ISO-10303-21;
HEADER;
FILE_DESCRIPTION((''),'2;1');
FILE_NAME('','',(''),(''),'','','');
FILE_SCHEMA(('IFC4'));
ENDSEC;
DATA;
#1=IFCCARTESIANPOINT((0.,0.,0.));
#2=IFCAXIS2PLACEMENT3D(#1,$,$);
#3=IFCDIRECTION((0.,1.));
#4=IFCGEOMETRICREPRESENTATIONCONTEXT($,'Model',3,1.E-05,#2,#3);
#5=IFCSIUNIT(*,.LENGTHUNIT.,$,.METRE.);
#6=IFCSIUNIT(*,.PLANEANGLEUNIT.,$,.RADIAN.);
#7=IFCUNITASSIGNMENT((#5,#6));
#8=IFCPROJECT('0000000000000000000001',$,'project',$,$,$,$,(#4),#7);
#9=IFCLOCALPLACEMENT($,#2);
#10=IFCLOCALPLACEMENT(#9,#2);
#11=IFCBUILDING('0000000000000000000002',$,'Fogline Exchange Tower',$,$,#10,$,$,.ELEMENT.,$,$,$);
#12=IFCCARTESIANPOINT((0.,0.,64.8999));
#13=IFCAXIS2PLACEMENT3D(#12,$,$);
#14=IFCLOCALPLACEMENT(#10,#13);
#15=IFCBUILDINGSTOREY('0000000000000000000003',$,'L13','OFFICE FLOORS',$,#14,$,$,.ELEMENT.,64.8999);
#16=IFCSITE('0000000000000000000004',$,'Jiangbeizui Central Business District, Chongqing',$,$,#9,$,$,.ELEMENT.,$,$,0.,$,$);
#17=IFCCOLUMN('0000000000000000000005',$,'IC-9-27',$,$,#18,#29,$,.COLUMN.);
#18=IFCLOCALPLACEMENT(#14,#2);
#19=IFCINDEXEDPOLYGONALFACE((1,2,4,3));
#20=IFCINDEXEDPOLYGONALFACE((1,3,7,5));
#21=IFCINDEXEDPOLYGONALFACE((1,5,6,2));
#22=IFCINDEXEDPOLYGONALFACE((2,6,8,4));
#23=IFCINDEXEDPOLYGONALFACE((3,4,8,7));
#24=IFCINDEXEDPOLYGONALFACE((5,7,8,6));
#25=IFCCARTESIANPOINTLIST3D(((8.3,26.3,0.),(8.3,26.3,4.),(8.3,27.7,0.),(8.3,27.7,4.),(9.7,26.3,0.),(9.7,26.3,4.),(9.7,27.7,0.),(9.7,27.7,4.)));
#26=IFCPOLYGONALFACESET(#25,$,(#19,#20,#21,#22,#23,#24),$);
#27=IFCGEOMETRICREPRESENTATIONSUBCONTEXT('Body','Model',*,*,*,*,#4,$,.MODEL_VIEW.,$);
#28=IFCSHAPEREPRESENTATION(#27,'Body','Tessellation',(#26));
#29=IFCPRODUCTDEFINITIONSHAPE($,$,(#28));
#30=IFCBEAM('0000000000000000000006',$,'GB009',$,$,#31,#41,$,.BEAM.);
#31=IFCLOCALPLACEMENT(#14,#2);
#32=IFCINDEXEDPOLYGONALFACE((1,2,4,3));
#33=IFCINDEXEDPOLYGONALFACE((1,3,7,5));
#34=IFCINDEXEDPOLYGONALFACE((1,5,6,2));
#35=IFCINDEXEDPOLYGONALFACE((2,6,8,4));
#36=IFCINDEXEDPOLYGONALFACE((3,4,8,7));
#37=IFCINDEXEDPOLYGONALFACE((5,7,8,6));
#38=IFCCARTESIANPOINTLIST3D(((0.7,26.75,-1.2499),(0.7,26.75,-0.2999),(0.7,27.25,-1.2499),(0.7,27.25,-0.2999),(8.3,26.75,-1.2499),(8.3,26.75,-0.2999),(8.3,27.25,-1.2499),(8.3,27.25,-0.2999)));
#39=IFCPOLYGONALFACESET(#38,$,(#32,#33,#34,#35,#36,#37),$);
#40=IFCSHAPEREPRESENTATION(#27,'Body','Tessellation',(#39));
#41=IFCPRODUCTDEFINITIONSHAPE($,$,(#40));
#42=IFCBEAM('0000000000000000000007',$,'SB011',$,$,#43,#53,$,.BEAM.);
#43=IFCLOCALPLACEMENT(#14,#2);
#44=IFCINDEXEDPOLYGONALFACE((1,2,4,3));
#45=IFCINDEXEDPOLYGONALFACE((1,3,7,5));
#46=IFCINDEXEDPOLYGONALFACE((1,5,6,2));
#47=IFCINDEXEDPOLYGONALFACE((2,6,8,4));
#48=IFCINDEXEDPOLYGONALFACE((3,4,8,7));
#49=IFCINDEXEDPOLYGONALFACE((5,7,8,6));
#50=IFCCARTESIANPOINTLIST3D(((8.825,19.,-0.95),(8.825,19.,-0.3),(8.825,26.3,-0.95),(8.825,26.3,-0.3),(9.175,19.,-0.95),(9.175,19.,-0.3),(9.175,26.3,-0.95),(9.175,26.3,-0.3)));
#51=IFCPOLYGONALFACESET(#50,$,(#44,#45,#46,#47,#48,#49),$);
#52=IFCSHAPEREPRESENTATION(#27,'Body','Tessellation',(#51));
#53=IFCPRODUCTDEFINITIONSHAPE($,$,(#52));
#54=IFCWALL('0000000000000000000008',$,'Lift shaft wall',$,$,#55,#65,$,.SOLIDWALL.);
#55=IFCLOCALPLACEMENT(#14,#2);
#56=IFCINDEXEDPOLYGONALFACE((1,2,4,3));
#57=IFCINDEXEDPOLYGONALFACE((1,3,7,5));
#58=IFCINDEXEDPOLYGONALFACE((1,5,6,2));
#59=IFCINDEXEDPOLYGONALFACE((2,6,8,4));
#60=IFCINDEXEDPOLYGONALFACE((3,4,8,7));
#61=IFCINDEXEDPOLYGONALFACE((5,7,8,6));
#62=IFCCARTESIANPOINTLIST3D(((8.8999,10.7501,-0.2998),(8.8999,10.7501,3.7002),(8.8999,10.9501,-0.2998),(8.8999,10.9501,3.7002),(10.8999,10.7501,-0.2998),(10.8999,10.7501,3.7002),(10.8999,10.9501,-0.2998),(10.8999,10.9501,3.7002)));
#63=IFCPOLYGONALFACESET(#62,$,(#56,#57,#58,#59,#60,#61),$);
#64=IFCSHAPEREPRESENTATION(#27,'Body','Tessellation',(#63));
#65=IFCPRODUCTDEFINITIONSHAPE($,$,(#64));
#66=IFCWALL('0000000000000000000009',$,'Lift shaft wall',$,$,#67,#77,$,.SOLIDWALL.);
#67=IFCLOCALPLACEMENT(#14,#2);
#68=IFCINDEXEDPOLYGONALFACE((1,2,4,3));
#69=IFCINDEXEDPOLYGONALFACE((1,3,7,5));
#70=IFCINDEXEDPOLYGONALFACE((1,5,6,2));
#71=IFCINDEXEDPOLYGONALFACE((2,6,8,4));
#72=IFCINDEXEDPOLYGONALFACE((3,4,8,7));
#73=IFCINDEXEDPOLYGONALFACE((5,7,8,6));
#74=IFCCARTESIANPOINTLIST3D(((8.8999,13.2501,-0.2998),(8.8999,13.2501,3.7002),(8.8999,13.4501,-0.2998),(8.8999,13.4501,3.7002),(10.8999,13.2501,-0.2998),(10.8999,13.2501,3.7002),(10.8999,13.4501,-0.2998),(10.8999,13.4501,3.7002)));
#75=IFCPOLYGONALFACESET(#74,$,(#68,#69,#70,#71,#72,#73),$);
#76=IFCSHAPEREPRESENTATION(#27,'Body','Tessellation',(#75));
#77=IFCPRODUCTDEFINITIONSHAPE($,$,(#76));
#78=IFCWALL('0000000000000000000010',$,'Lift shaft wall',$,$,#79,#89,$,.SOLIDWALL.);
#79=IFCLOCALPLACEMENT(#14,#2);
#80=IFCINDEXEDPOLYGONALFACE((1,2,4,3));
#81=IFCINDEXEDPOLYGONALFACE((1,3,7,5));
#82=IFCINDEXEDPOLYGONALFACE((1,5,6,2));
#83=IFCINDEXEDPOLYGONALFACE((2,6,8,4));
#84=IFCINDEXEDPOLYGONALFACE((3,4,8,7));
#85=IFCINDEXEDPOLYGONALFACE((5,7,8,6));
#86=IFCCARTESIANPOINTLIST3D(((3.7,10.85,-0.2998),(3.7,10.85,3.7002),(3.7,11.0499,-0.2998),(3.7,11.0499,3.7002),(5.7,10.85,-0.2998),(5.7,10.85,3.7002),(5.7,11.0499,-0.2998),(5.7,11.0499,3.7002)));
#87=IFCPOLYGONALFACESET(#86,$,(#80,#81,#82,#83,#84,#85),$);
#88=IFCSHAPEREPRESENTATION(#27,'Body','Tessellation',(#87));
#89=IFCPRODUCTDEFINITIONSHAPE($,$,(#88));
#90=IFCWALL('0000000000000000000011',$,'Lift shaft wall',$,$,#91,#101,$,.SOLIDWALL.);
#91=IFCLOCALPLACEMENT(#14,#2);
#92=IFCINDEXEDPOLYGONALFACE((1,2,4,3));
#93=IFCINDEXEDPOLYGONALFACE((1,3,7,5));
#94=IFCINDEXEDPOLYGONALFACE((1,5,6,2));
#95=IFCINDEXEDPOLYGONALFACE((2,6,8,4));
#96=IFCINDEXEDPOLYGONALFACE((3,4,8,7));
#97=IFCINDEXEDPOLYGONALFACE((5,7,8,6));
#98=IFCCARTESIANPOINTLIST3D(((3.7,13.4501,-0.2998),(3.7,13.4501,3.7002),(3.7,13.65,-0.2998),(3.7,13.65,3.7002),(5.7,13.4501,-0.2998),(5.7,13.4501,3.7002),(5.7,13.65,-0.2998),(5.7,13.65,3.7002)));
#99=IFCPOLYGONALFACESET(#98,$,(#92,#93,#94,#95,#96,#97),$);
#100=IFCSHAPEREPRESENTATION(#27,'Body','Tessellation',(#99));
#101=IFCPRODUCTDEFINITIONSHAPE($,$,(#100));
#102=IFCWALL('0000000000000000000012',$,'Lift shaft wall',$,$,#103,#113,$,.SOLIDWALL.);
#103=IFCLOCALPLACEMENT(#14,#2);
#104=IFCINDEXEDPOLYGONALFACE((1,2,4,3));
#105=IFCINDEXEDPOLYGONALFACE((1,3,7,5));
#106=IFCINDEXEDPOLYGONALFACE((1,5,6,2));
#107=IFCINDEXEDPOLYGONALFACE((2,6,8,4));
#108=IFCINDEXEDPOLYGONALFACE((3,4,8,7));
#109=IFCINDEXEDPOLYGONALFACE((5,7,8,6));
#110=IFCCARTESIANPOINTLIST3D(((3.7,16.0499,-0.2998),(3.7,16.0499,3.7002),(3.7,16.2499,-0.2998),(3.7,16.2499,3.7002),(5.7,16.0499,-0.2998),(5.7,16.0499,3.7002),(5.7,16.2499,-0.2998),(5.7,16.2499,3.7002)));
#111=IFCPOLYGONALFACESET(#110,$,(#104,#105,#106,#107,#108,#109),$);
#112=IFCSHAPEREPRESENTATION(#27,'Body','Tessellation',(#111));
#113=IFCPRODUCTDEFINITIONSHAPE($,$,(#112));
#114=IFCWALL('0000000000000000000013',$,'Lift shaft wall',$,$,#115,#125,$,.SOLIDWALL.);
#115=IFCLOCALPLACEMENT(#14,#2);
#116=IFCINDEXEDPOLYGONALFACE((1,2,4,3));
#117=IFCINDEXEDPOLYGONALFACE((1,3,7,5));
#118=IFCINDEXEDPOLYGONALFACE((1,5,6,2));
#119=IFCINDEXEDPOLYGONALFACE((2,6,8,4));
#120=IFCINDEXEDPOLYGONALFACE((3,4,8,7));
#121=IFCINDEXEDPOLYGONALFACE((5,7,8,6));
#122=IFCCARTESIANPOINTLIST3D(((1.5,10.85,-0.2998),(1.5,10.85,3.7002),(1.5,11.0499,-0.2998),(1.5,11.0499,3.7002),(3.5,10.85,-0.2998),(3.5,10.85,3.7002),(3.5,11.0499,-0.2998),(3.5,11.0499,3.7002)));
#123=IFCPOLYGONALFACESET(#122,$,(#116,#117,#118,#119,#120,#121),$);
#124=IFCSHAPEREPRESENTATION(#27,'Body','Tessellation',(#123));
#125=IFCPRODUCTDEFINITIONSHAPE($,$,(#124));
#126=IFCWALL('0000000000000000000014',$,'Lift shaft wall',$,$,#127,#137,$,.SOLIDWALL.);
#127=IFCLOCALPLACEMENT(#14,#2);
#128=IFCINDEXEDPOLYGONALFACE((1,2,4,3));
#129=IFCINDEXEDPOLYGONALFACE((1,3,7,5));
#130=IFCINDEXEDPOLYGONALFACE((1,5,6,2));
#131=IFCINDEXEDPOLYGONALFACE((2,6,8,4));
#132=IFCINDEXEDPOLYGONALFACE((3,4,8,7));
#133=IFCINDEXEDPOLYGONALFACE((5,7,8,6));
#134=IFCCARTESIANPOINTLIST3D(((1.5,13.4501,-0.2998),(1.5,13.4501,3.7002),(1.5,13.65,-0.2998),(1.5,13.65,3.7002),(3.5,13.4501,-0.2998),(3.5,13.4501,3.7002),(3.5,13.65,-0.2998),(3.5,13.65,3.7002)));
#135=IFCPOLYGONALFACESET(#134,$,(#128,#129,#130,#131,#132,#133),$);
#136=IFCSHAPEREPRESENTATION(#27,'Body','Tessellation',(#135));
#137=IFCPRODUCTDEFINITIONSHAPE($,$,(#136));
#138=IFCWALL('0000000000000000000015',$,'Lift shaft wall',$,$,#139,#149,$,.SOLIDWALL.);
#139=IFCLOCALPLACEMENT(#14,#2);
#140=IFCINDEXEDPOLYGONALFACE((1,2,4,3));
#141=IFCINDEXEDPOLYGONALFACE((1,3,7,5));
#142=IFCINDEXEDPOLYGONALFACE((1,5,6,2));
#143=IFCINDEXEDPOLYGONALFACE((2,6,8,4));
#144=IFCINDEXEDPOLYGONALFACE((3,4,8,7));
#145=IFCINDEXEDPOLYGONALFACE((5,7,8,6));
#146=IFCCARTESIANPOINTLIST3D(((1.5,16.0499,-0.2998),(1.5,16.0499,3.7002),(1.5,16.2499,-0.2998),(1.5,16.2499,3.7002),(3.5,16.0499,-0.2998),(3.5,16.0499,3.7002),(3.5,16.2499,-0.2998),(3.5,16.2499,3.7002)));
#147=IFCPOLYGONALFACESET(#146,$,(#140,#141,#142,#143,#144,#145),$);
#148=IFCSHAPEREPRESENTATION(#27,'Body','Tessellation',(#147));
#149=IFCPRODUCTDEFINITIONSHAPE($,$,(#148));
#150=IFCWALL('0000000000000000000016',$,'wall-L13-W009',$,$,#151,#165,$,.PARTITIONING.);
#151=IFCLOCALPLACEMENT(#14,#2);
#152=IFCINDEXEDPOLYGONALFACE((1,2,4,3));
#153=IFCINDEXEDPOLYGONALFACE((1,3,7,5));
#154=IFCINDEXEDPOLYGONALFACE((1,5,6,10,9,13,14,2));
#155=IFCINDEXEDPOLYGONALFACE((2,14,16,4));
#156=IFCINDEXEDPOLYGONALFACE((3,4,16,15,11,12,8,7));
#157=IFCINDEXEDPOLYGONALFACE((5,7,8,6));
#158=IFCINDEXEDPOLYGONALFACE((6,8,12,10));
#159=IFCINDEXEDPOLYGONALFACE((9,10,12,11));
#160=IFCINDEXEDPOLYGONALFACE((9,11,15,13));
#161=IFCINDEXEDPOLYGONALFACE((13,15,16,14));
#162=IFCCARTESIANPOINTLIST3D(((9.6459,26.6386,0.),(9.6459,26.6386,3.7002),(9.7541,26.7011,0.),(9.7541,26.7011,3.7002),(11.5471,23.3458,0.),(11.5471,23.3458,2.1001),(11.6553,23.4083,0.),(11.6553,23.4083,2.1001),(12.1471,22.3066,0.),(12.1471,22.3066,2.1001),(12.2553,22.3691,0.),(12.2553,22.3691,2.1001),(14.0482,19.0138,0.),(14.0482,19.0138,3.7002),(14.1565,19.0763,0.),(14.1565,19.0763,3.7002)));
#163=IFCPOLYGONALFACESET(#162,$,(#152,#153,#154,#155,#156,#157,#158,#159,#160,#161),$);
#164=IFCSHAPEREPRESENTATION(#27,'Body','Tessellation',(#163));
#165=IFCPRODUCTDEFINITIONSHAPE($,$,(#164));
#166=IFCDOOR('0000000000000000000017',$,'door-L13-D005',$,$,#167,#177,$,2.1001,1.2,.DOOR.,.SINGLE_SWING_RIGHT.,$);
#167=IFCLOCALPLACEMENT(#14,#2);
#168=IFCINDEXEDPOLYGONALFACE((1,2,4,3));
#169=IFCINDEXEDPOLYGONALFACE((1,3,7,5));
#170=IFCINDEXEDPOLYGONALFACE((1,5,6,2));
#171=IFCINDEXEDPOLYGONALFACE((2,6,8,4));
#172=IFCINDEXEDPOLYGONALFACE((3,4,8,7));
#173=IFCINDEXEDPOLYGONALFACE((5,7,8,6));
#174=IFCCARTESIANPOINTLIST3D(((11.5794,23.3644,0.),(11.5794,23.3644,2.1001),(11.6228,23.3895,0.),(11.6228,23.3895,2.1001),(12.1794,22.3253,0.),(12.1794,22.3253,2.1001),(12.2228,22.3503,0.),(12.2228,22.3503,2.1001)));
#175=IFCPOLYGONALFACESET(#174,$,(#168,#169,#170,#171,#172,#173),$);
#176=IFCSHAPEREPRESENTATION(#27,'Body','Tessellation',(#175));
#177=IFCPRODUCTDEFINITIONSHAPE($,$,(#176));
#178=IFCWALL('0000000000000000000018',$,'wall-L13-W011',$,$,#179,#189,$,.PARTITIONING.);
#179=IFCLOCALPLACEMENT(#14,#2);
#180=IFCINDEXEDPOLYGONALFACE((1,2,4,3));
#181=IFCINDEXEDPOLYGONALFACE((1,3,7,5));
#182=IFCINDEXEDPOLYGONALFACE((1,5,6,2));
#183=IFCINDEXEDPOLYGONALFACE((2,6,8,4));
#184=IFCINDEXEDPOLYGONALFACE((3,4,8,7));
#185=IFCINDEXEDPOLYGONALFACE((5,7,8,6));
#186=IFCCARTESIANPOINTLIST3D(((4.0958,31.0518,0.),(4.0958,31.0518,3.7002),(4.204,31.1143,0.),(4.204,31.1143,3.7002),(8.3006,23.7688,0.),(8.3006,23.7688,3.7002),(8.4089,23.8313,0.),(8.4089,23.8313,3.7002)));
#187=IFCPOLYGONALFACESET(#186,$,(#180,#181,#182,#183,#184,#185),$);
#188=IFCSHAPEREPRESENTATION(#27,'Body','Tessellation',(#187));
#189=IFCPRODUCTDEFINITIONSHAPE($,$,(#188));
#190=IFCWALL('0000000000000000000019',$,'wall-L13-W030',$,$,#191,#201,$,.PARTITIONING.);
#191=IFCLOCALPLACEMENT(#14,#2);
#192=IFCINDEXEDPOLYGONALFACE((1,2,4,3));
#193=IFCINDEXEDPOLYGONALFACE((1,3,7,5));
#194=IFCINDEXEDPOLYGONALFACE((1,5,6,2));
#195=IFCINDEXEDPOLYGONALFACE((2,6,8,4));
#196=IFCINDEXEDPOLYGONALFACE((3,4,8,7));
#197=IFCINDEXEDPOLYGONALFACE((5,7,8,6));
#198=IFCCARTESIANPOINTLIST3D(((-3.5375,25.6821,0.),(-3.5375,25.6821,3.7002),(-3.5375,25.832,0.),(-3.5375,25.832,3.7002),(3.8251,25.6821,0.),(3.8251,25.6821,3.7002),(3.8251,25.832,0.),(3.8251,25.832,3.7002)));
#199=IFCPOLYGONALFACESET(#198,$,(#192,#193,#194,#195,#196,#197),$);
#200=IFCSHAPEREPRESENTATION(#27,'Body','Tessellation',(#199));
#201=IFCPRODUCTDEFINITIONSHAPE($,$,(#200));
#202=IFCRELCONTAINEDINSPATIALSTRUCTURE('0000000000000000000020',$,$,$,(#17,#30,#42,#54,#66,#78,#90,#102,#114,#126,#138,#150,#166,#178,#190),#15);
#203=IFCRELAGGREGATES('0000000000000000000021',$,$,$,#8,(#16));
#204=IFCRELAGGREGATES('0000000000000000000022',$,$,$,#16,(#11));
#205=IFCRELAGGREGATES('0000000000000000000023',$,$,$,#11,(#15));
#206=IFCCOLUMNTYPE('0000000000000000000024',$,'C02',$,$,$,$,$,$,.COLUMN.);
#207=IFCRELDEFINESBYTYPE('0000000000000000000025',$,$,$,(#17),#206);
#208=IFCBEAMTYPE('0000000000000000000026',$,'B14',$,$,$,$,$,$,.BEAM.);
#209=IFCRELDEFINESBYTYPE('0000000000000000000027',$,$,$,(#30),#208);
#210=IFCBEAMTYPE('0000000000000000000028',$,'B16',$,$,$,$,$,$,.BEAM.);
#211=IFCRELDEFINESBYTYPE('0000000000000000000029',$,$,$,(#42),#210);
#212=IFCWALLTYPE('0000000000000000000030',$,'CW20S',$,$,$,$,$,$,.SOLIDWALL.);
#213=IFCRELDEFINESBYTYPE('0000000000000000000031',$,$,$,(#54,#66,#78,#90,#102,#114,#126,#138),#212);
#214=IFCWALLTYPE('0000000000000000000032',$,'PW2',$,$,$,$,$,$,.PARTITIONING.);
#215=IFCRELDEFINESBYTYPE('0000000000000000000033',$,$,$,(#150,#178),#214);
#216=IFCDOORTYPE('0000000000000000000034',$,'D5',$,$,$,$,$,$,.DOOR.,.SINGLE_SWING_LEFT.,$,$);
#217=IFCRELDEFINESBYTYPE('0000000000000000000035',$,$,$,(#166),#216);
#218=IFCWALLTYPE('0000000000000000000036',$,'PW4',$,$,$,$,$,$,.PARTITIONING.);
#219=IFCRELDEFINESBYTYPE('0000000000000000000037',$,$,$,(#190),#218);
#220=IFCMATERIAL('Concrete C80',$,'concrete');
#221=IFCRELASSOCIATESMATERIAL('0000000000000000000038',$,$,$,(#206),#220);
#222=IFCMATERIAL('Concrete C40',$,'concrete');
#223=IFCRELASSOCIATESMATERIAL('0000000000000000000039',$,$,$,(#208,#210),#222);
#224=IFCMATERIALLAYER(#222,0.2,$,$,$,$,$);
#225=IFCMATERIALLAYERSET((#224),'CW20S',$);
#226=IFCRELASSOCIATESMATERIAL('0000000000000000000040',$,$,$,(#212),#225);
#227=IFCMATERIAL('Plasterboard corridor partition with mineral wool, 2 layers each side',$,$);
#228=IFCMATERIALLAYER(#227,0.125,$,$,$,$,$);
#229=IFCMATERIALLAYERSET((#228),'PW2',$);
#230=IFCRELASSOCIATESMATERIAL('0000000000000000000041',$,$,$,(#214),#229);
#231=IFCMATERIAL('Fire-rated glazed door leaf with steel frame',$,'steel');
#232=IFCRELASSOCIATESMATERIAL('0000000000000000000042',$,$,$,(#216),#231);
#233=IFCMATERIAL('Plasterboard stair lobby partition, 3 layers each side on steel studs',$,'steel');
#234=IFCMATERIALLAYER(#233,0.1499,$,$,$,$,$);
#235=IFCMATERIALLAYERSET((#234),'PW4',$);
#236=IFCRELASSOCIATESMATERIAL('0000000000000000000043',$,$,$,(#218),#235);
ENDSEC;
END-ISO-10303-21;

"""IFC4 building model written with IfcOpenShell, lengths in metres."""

from ifc_helpers import new_model, si_unit, direction, frame, frame_2d, origin, origin_2d, place, context, subcontext, project, spatial, rectangle, extrude, material, layer, layer_set, material_profile, profile_set, type_object, element, fill, save


model = new_model("IFC4")

# Units and contexts
model_context = context("Model", 3, precision=1e-05, world=origin(), true_north=direction((0.0, 1.0)))
body_context = subcontext(model_context, "Body", "Model", "MODEL_VIEW")
ifc_project = project(units=[si_unit("LENGTHUNIT", "METRE"), si_unit("PLANEANGLEUNIT", "RADIAN")], contexts=[model_context])

# Site, building, storey
site_placement = place(None, origin())
site = spatial("IfcSite", under=ifc_project, at=site_placement, Name="Jiangbeizui Central Business District, Chongqing", CompositionType="ELEMENT", RefElevation=0.0)
building_placement = place(site_placement, origin())
building = spatial("IfcBuilding", under=site, at=building_placement, Name="Fogline Exchange Tower", CompositionType="ELEMENT")
storey_placement = place(building_placement, frame((0.0, 0.0, 64.8999)))
storey = spatial("IfcBuildingStorey", under=building, at=storey_placement, Name="L13", Description="OFFICE FLOORS", CompositionType="ELEMENT", Elevation=64.8999)

# Column
ifc_material_1 = material(Name="Concrete C80", Category="concrete")
ifc_material_profile_1 = material_profile(ifc_material_1, rectangle(XDim=1.3999, YDim=1.3999, at=origin_2d()), Name="RC 1400x1400")
ifc_profile_set_1 = profile_set([ifc_material_profile_1], Name="Concrete C80")
column_type = type_object("IfcColumnType", Name="C02", PredefinedType="COLUMN", material=ifc_profile_set_1)
column_placement = place(storey_placement, frame((9.0, 27.0, 0.0), z_axis=(0.0, 0.0, 1.0), x_axis=(1.0, 0.0, 0.0)))
element("IfcColumn", 1, at=column_placement, inside=storey, type_object=column_type, Name="IC-9-27", PredefinedType="COLUMN", context=body_context, shape_type="SweptSolid", body=[
    extrude(rectangle(XDim=1.3999, YDim=1.3999, at=origin_2d()), origin(), (0.0, 0.0, 1.0), 4.0),
])

# Beams
ifc_material_2 = material(Name="Concrete C40", Category="concrete")
ifc_material_profile_2 = material_profile(ifc_material_2, rectangle(XDim=0.5, YDim=0.95, at=origin_2d()), Name="RC 500x950")
ifc_profile_set_2 = profile_set([ifc_material_profile_2], Name="Concrete C40")
beam_type_1 = type_object("IfcBeamType", Name="B14", PredefinedType="BEAM", material=ifc_profile_set_2)
beam_1_placement = place(storey_placement, frame((0.7, 27.0, -0.7749), z_axis=(1.0, 0.0, 0.0), x_axis=(0.0, 1.0, 0.0)))
element("IfcBeam", 2, at=beam_1_placement, inside=storey, type_object=beam_type_1, Name="GB009", PredefinedType="BEAM", context=body_context, shape_type="SweptSolid", body=[
    extrude(rectangle(XDim=0.5, YDim=0.95, at=origin_2d()), origin(), (0.0, 0.0, 1.0), 7.6001),
])
ifc_material_profile_3 = material_profile(ifc_material_2, rectangle(XDim=0.3501, YDim=0.6499, at=origin_2d()), Name="RC 350x650")
ifc_profile_set_3 = profile_set([ifc_material_profile_3], Name="Concrete C40")
beam_type_2 = type_object("IfcBeamType", Name="B16", PredefinedType="BEAM", material=ifc_profile_set_3)
beam_2_placement = place(storey_placement, frame((9.0, 19.0, -0.625), z_axis=(0.0, 1.0, 0.0), x_axis=(-1.0, 0.0, 0.0)))
element("IfcBeam", 3, at=beam_2_placement, inside=storey, type_object=beam_type_2, Name="SB011", PredefinedType="BEAM", context=body_context, shape_type="SweptSolid", body=[
    extrude(rectangle(XDim=0.3501, YDim=0.6499, at=origin_2d()), origin(), (0.0, 0.0, 1.0), 7.3),
])

# Walls
ifc_layer_1 = layer(ifc_material_2, 0.2)
ifc_layer_set_1 = layer_set([ifc_layer_1], Name="CW20S")
wall_type_1 = type_object("IfcWallType", Name="CW20S", PredefinedType="SOLIDWALL", material=ifc_layer_set_1)
for number, where, z_axis, x_axis, name in (
    (4, (8.8999, 10.8501, -0.2998), (0.0, 0.0, 1.0), (1.0, 0.0, 0.0), "Lift shaft wall"),
    (5, (8.8999, 13.3501, -0.2998), (0.0, 0.0, 1.0), (1.0, 0.0, 0.0), "Lift shaft wall"),
    (6, (3.7, 10.95, -0.2998), (0.0, 0.0, 1.0), (1.0, 0.0, 0.0), "Lift shaft wall"),
    (7, (3.7, 13.55, -0.2998), (0.0, 0.0, 1.0), (1.0, 0.0, 0.0), "Lift shaft wall"),
    (8, (3.7, 16.1499, -0.2998), (0.0, 0.0, 1.0), (1.0, 0.0, 0.0), "Lift shaft wall"),
    (9, (1.5, 10.95, -0.2998), (0.0, 0.0, 1.0), (1.0, 0.0, 0.0), "Lift shaft wall"),
    (10, (1.5, 13.55, -0.2998), (0.0, 0.0, 1.0), (1.0, 0.0, 0.0), "Lift shaft wall"),
    (11, (1.5, 16.1499, -0.2998), (0.0, 0.0, 1.0), (1.0, 0.0, 0.0), "Lift shaft wall"),
):
    element("IfcWall", number, at=place(storey_placement, frame(where, z_axis=z_axis, x_axis=x_axis)), inside=storey, type_object=wall_type_1, Name=name, PredefinedType="SOLIDWALL", context=body_context, shape_type="SweptSolid", body=[
        extrude(rectangle(XDim=2.0, YDim=0.2, at=frame_2d((1.0, 0.0))), origin(), (0.0, 0.0, 1.0), 4.0),
    ])

# Wall, opening, door
ifc_material_3 = material(Name="Plasterboard corridor partition with mineral wool, 2 layers each side")
ifc_layer_2 = layer(ifc_material_3, 0.125)
ifc_layer_set_2 = layer_set([ifc_layer_2], Name="PW2")
wall_type_2 = type_object("IfcWallType", Name="PW2", PredefinedType="PARTITIONING", material=ifc_layer_set_2)
wall_1_placement = place(storey_placement, frame((9.7, 26.6699, 0.0), z_axis=(0.0, 0.0, 1.0), x_axis=(0.500016, -0.866016, 0.0)))
wall_1 = element("IfcWall", 12, at=wall_1_placement, inside=storey, type_object=wall_type_2, Name="wall-L13-W009", PredefinedType="PARTITIONING", context=body_context, shape_type="SweptSolid", body=[
    extrude(rectangle(XDim=8.8044, YDim=0.125, at=frame_2d((4.4023, 0.0))), origin(), (0.0, 0.0, 1.0), 3.7002),
])
opening_1_placement = place(wall_1_placement, frame((3.8022, 0.0, 0.0)))
opening_1 = element("IfcOpeningElement", 13, at=opening_1_placement, cuts=wall_1, PredefinedType="OPENING", context=body_context, shape_type="SweptSolid", body=[
    extrude(rectangle(XDim=1.2, YDim=2.1001, at=frame_2d((0.6001, 1.05))), frame((0.0, 0.0725, 0.0), z_axis=(0.0, -1.0, 0.0), x_axis=(1.0, 0.0, 0.0)), (0.0, 0.0, 1.0), 0.145),
])
ifc_material_4 = material(Name="Fire-rated glazed door leaf with steel frame", Category="steel")
door_type_1 = type_object("IfcDoorType", Name="D5", OperationType="SINGLE_SWING_LEFT", PredefinedType="DOOR", material=ifc_material_4)
door_1_placement = place(opening_1_placement, origin())
door_1 = element("IfcDoor", 14, at=door_1_placement, inside=storey, type_object=door_type_1, Name="door-L13-D005", OperationType="SINGLE_SWING_RIGHT", OverallHeight=2.1001, OverallWidth=1.2, PredefinedType="DOOR", context=body_context, shape_type="SweptSolid", body=[
    extrude(rectangle(XDim=1.2, YDim=2.1001, at=frame_2d((0.6001, 1.05))), frame((0.0, 0.0249, 0.0), z_axis=(0.0, -1.0, 0.0), x_axis=(1.0, 0.0, 0.0)), (0.0, 0.0, 1.0), 0.05),
])
fill(opening_1, door_1)

# Walls
wall_2_placement = place(storey_placement, frame((8.3547, 23.8, 0.0), z_axis=(0.0, 0.0, 1.0), x_axis=(-0.500001, 0.866025, 0.0)))
element("IfcWall", 15, at=wall_2_placement, inside=storey, type_object=wall_type_2, Name="wall-L13-W011", PredefinedType="PARTITIONING", context=body_context, shape_type="SweptSolid", body=[
    extrude(rectangle(XDim=8.4097, YDim=0.125, at=frame_2d((4.2048, 0.0))), origin(), (0.0, 0.0, 1.0), 3.7002),
])
ifc_material_5 = material(Name="Plasterboard stair lobby partition, 3 layers each side on steel studs", Category="steel")
ifc_layer_3 = layer(ifc_material_5, 0.1499)
ifc_layer_set_3 = layer_set([ifc_layer_3], Name="PW4")
wall_type_3 = type_object("IfcWallType", Name="PW4", PredefinedType="PARTITIONING", material=ifc_layer_set_3)
wall_3_placement = place(storey_placement, frame((3.825, 25.7571, 0.0), z_axis=(0.0, 0.0, 1.0), x_axis=(-1.0, 0.0, 0.0)))
element("IfcWall", 16, at=wall_3_placement, inside=storey, type_object=wall_type_3, Name="wall-L13-W030", PredefinedType="PARTITIONING", context=body_context, shape_type="SweptSolid", body=[
    extrude(rectangle(XDim=7.3625, YDim=0.1499, at=frame_2d((3.6812, 0.0))), origin(), (0.0, 0.0, 1.0), 3.7002),
])

save(model, "model.ifc")
